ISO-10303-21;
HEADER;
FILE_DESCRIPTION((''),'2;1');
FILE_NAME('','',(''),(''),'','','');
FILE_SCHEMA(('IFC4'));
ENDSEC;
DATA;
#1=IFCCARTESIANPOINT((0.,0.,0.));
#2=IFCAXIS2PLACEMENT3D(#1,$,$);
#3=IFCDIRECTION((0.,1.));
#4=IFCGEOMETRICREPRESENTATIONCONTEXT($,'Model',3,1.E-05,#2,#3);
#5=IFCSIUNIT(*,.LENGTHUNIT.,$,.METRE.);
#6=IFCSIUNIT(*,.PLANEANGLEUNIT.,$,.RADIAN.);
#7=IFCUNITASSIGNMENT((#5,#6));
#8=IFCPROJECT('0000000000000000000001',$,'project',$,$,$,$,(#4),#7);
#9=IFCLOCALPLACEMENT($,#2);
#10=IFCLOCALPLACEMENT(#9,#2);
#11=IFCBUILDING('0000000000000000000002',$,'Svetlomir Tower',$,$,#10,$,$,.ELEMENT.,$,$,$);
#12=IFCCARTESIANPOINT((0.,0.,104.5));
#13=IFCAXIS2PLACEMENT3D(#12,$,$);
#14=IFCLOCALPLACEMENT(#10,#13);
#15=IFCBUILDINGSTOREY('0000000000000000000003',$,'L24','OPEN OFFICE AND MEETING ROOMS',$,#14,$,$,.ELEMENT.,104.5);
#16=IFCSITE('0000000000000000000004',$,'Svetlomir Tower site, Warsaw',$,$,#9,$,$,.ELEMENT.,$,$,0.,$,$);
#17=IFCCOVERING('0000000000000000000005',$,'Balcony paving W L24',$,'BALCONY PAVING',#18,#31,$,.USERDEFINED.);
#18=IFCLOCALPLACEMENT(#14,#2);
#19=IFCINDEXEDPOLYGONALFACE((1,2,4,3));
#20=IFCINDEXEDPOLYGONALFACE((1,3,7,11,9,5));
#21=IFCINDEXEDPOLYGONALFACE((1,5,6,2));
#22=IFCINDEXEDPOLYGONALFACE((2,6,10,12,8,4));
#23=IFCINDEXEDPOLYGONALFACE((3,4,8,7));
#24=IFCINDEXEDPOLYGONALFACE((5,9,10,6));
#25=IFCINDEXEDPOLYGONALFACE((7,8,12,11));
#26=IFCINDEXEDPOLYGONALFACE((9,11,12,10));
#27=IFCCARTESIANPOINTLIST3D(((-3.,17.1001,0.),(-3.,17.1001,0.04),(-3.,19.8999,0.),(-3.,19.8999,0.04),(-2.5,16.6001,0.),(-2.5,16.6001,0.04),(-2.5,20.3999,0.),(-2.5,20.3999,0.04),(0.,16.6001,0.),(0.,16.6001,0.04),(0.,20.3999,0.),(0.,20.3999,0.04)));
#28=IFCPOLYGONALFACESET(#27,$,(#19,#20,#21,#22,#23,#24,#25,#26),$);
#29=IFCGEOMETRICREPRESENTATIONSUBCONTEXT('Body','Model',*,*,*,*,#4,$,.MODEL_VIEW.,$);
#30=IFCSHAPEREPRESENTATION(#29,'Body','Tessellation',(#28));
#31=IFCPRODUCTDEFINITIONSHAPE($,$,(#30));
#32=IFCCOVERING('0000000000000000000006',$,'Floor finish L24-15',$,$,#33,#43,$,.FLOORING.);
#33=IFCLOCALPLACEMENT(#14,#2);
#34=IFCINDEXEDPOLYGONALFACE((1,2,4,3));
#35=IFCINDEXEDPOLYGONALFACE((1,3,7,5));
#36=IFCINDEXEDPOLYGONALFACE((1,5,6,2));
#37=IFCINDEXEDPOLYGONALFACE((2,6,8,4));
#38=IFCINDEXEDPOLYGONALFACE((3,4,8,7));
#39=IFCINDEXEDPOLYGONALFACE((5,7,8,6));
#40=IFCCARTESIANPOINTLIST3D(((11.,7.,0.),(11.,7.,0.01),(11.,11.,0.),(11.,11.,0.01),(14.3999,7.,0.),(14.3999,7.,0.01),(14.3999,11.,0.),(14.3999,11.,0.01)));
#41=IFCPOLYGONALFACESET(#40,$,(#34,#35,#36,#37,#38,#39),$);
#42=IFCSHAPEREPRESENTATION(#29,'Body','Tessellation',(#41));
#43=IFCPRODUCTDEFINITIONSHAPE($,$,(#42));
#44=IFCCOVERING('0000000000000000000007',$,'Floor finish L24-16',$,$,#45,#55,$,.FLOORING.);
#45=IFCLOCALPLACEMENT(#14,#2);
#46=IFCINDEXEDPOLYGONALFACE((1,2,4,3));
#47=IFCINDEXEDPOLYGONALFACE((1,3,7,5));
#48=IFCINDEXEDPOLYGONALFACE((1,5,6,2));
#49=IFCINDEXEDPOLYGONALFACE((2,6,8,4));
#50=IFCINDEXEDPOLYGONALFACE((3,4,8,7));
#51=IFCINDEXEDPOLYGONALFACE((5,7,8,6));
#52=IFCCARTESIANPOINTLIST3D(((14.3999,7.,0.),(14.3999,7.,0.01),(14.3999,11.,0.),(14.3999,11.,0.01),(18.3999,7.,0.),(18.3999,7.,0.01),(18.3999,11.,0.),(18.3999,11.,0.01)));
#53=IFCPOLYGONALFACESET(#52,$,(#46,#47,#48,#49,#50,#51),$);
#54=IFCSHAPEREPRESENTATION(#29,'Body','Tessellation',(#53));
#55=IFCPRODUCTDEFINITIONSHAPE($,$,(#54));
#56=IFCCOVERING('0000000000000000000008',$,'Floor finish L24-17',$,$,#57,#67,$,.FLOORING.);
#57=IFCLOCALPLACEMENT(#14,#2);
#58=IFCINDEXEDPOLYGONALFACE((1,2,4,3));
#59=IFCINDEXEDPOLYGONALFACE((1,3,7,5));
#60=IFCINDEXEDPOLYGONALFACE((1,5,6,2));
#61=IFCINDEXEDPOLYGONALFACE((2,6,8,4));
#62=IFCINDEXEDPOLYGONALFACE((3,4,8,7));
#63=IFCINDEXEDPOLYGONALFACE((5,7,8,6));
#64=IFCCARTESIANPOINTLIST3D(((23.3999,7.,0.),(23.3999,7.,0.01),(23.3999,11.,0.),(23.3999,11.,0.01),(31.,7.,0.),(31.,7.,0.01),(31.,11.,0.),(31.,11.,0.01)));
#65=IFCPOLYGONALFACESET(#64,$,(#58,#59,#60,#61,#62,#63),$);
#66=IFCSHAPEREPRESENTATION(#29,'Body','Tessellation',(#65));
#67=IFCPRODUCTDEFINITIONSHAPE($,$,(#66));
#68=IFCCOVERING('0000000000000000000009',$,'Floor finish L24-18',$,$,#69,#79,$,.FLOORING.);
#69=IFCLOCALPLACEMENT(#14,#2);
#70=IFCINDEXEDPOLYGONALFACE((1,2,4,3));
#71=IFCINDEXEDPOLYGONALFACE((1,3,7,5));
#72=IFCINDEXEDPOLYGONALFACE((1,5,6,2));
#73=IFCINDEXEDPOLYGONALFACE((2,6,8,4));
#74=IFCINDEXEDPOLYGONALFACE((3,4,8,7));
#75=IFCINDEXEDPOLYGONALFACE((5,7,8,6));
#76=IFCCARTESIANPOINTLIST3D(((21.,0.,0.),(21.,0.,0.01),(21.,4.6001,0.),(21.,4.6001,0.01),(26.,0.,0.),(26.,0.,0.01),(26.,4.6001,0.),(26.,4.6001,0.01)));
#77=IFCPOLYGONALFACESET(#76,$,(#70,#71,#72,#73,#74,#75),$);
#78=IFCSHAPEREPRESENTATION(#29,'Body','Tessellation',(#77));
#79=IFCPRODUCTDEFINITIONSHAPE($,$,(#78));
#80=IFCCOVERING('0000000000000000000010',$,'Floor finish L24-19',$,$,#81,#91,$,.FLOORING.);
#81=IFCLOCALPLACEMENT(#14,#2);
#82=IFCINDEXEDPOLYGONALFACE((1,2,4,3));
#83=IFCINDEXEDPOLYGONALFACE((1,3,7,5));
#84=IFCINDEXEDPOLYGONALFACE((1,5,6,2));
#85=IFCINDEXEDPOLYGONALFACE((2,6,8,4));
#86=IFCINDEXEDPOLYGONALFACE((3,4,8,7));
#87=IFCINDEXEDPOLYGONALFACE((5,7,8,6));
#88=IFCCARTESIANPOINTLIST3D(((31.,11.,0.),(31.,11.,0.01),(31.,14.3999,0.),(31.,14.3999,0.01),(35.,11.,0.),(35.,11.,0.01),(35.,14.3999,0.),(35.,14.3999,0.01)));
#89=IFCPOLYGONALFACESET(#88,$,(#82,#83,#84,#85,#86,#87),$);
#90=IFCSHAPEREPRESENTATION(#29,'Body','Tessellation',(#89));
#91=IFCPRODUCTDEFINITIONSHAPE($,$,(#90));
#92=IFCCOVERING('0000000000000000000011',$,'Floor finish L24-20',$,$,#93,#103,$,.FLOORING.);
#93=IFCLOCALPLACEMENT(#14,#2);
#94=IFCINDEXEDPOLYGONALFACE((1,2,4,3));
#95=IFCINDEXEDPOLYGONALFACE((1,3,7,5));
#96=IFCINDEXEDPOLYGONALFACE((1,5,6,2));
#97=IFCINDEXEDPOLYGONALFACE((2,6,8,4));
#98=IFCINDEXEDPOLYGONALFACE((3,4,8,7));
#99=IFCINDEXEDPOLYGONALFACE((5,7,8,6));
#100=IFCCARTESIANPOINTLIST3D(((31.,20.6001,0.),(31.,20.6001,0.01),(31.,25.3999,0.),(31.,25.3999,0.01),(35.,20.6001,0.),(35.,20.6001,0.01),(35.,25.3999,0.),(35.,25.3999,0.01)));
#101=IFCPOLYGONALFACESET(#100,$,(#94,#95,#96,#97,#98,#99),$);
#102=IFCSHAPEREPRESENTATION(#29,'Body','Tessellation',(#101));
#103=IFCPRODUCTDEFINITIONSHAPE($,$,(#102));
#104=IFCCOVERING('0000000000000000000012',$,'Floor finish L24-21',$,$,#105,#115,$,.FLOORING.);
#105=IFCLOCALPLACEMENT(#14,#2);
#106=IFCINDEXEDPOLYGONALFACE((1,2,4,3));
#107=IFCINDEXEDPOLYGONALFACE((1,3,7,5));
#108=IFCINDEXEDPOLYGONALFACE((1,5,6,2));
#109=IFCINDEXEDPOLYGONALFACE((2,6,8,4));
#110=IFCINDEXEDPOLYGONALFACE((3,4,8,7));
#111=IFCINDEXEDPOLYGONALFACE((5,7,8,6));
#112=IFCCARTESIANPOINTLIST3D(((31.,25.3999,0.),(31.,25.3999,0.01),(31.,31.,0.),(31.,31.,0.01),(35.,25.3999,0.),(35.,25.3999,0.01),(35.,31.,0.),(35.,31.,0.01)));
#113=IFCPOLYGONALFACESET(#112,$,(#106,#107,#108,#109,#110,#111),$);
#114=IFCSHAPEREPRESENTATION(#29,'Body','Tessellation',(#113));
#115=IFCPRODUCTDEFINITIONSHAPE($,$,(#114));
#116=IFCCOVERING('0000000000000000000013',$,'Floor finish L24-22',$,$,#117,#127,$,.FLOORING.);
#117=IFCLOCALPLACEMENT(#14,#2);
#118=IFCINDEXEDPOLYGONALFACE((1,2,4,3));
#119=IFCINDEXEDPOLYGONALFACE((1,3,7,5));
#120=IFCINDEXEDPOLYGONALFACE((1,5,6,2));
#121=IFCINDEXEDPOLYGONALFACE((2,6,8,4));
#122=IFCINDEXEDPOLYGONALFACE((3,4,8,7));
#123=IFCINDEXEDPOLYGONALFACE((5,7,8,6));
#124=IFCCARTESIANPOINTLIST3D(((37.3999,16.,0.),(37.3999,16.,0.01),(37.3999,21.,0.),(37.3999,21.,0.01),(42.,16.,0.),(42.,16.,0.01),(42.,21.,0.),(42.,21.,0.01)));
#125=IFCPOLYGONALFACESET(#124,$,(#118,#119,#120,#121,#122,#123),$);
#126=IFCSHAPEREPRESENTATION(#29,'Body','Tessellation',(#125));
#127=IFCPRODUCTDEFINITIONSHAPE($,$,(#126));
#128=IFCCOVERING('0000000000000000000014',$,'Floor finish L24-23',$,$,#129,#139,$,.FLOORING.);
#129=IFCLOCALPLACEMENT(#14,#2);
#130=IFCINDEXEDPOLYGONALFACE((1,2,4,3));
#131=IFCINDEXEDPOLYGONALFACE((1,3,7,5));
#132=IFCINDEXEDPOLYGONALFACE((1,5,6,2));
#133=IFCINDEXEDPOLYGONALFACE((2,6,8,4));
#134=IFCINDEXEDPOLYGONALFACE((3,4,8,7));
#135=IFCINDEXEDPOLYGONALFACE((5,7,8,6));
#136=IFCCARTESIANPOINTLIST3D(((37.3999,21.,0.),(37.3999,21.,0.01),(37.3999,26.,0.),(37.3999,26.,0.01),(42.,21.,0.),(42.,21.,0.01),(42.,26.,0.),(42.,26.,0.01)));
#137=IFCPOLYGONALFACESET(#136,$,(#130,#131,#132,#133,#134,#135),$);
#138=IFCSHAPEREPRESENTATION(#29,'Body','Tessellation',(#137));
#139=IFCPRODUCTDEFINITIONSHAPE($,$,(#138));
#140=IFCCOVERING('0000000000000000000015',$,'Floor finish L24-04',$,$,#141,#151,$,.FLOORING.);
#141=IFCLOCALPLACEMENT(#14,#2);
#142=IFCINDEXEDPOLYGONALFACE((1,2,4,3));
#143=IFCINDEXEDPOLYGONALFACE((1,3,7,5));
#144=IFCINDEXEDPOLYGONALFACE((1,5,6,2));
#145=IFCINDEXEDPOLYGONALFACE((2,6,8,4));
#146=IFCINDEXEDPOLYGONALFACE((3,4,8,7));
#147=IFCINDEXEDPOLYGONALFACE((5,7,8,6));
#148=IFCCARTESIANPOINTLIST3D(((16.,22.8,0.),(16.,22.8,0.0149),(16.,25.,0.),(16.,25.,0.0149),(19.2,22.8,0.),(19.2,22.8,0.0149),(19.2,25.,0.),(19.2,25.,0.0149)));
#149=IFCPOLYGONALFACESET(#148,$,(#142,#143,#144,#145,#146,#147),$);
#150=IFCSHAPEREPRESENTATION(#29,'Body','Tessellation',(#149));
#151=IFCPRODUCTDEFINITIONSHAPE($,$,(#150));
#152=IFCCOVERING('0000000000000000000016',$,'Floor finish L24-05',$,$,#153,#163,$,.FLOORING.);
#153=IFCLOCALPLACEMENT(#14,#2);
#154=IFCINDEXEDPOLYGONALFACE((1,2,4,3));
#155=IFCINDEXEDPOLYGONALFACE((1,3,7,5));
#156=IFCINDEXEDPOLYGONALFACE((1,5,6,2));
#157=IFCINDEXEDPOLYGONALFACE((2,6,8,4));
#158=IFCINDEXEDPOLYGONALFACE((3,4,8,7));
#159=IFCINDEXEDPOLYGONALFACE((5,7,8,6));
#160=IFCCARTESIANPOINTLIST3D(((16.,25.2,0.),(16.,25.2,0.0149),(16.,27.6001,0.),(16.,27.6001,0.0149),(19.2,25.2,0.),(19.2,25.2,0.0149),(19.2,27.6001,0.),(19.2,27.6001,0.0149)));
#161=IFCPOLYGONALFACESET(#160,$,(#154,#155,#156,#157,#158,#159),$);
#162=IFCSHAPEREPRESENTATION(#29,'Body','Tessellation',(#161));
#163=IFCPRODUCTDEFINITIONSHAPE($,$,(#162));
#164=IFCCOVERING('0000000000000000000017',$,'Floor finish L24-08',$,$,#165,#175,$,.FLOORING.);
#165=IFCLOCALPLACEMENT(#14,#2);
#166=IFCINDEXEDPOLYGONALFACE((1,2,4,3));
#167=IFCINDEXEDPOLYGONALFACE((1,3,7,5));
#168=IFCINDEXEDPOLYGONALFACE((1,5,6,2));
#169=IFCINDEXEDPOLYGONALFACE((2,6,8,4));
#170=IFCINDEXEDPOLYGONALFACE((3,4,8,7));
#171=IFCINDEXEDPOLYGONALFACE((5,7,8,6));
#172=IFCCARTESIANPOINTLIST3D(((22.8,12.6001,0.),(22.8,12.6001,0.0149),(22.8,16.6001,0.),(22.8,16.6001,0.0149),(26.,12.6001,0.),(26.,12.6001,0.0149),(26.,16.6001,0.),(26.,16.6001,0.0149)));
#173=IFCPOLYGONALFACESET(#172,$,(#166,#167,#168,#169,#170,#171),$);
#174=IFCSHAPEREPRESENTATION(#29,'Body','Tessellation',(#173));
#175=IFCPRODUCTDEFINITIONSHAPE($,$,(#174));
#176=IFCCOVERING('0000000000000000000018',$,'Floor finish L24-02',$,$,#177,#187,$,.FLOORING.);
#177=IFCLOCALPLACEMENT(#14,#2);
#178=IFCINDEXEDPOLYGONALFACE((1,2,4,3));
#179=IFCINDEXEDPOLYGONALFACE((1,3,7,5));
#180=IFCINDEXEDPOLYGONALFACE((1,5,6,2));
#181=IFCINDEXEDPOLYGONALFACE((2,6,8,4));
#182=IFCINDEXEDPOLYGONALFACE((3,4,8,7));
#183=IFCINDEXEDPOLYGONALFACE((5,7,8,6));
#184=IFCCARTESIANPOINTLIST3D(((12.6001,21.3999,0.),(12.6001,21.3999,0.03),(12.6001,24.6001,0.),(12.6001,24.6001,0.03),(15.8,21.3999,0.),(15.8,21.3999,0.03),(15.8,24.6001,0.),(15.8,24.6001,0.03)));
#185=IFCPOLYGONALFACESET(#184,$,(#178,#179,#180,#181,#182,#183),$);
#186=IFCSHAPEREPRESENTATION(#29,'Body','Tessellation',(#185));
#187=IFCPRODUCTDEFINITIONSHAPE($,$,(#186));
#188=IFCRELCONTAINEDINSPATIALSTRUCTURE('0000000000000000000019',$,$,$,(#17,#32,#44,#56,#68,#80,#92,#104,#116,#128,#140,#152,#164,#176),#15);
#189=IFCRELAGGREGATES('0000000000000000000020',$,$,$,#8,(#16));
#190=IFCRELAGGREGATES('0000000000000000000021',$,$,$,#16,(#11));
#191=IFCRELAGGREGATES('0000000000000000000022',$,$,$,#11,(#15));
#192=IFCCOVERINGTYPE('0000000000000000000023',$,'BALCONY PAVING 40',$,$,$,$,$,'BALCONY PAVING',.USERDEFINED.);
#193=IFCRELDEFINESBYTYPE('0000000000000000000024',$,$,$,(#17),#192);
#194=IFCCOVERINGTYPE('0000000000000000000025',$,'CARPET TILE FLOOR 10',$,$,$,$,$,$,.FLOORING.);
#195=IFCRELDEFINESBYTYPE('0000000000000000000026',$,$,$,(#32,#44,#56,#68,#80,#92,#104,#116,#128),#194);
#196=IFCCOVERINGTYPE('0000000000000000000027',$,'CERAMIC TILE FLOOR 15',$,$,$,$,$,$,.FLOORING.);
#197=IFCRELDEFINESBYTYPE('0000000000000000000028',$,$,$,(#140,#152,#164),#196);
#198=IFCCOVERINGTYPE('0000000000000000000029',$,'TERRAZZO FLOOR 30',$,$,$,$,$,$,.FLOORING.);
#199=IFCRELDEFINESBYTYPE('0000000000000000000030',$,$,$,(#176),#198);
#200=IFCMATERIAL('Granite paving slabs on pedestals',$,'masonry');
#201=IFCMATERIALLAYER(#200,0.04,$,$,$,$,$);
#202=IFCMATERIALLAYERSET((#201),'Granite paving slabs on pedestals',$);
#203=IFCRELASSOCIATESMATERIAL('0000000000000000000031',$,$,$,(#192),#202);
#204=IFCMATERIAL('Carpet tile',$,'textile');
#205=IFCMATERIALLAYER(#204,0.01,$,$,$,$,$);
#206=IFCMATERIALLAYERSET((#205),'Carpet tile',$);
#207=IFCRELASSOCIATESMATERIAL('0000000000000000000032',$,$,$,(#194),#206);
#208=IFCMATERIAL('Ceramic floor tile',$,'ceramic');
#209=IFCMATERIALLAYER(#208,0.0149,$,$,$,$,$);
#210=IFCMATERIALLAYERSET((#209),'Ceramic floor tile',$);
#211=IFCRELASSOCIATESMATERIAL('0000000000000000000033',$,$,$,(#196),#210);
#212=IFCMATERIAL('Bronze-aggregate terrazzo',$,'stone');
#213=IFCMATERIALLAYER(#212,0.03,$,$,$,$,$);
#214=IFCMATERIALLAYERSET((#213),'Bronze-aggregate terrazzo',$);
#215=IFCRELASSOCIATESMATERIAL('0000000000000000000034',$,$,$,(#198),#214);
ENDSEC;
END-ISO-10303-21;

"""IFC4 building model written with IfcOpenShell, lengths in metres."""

from ifc_helpers import new_model, si_unit, direction, frame, origin, place, context, subcontext, project, spatial, polyline, outline, extrude, material, layer, layer_set, type_object, element, save


model = new_model("IFC4")

# Units and contexts
model_context = context("Model", 3, precision=1e-05, world=origin(), true_north=direction((0.0, 1.0)))
body_context = subcontext(model_context, "Body", "Model", "MODEL_VIEW")
ifc_project = project(units=[si_unit("LENGTHUNIT", "METRE"), si_unit("PLANEANGLEUNIT", "RADIAN")], contexts=[model_context])

# Site, building, storey
site_placement = place(None, origin())
site = spatial("IfcSite", under=ifc_project, at=site_placement, Name="Svetlomir Tower site, Warsaw", CompositionType="ELEMENT", RefElevation=0.0)
building_placement = place(site_placement, origin())
building = spatial("IfcBuilding", under=site, at=building_placement, Name="Svetlomir Tower", CompositionType="ELEMENT")
storey_placement = place(building_placement, frame((0.0, 0.0, 104.5)))
storey = spatial("IfcBuildingStorey", under=building, at=storey_placement, Name="L24", Description="OPEN OFFICE AND MEETING ROOMS", CompositionType="ELEMENT", Elevation=104.5)

# Coverings
ifc_material_1 = material(Name="Granite paving slabs on pedestals", Category="masonry")
ifc_layer_1 = layer(ifc_material_1, 0.04)
ifc_layer_set_1 = layer_set([ifc_layer_1], Name="Granite paving slabs on pedestals")
covering_type_1 = type_object("IfcCoveringType", Name="BALCONY PAVING 40", ElementType="BALCONY PAVING", PredefinedType="USERDEFINED", material=ifc_layer_set_1)
covering_1_placement = place(storey_placement, origin())
element("IfcCovering", 1, at=covering_1_placement, inside=storey, type_object=covering_type_1, Name="Balcony paving W L24", ObjectType="BALCONY PAVING", PredefinedType="USERDEFINED", context=body_context, shape_type="SweptSolid", body=[
    extrude(outline(polyline([(-2.5, 16.6001), (0.0, 16.6001), (0.0, 20.3999), (-2.5, 20.3999), (-3.0, 19.8999), (-3.0, 17.1001), (-2.5, 16.6001)])), origin(), (0.0, 0.0, 1.0), 0.04),
])
ifc_material_2 = material(Name="Carpet tile", Category="textile")
ifc_layer_2 = layer(ifc_material_2, 0.01)
ifc_layer_set_2 = layer_set([ifc_layer_2], Name="Carpet tile")
covering_type_2 = type_object("IfcCoveringType", Name="CARPET TILE FLOOR 10", PredefinedType="FLOORING", material=ifc_layer_set_2)
covering_2_placement = place(storey_placement, origin())
element("IfcCovering", 2, at=covering_2_placement, inside=storey, type_object=covering_type_2, Name="Floor finish L24-15", PredefinedType="FLOORING", context=body_context, shape_type="SweptSolid", body=[
    extrude(outline(polyline([(11.0, 7.0), (14.3999, 7.0), (14.3999, 11.0), (11.0, 11.0), (11.0, 7.0)])), origin(), (0.0, 0.0, 1.0), 0.01),
])
covering_3_placement = place(storey_placement, origin())
element("IfcCovering", 3, at=covering_3_placement, inside=storey, type_object=covering_type_2, Name="Floor finish L24-16", PredefinedType="FLOORING", context=body_context, shape_type="SweptSolid", body=[
    extrude(outline(polyline([(14.3999, 7.0), (18.3999, 7.0), (18.3999, 11.0), (14.3999, 11.0), (14.3999, 7.0)])), origin(), (0.0, 0.0, 1.0), 0.01),
])
covering_4_placement = place(storey_placement, origin())
element("IfcCovering", 4, at=covering_4_placement, inside=storey, type_object=covering_type_2, Name="Floor finish L24-17", PredefinedType="FLOORING", context=body_context, shape_type="SweptSolid", body=[
    extrude(outline(polyline([(23.3999, 7.0), (31.0, 7.0), (31.0, 11.0), (23.3999, 11.0), (23.3999, 7.0)])), origin(), (0.0, 0.0, 1.0), 0.01),
])
covering_5_placement = place(storey_placement, origin())
element("IfcCovering", 5, at=covering_5_placement, inside=storey, type_object=covering_type_2, Name="Floor finish L24-18", PredefinedType="FLOORING", context=body_context, shape_type="SweptSolid", body=[
    extrude(outline(polyline([(21.0, 0.0), (26.0, 0.0), (26.0, 4.6001), (21.0, 4.6001), (21.0, 0.0)])), origin(), (0.0, 0.0, 1.0), 0.01),
])
covering_6_placement = place(storey_placement, origin())
element("IfcCovering", 6, at=covering_6_placement, inside=storey, type_object=covering_type_2, Name="Floor finish L24-19", PredefinedType="FLOORING", context=body_context, shape_type="SweptSolid", body=[
    extrude(outline(polyline([(31.0, 11.0), (35.0, 11.0), (35.0, 14.3999), (31.0, 14.3999), (31.0, 11.0)])), origin(), (0.0, 0.0, 1.0), 0.01),
])
covering_7_placement = place(storey_placement, origin())
element("IfcCovering", 7, at=covering_7_placement, inside=storey, type_object=covering_type_2, Name="Floor finish L24-20", PredefinedType="FLOORING", context=body_context, shape_type="SweptSolid", body=[
    extrude(outline(polyline([(31.0, 20.6001), (35.0, 20.6001), (35.0, 25.3999), (31.0, 25.3999), (31.0, 20.6001)])), origin(), (0.0, 0.0, 1.0), 0.01),
])
covering_8_placement = place(storey_placement, origin())
element("IfcCovering", 8, at=covering_8_placement, inside=storey, type_object=covering_type_2, Name="Floor finish L24-21", PredefinedType="FLOORING", context=body_context, shape_type="SweptSolid", body=[
    extrude(outline(polyline([(31.0, 25.3999), (35.0, 25.3999), (35.0, 31.0), (31.0, 31.0), (31.0, 25.3999)])), origin(), (0.0, 0.0, 1.0), 0.01),
])
covering_9_placement = place(storey_placement, origin())
element("IfcCovering", 9, at=covering_9_placement, inside=storey, type_object=covering_type_2, Name="Floor finish L24-22", PredefinedType="FLOORING", context=body_context, shape_type="SweptSolid", body=[
    extrude(outline(polyline([(37.3999, 16.0), (42.0, 16.0), (42.0, 21.0), (37.3999, 21.0), (37.3999, 16.0)])), origin(), (0.0, 0.0, 1.0), 0.01),
])
covering_10_placement = place(storey_placement, origin())
element("IfcCovering", 10, at=covering_10_placement, inside=storey, type_object=covering_type_2, Name="Floor finish L24-23", PredefinedType="FLOORING", context=body_context, shape_type="SweptSolid", body=[
    extrude(outline(polyline([(37.3999, 21.0), (42.0, 21.0), (42.0, 26.0), (37.3999, 26.0), (37.3999, 21.0)])), origin(), (0.0, 0.0, 1.0), 0.01),
])
ifc_material_3 = material(Name="Ceramic floor tile", Category="ceramic")
ifc_layer_3 = layer(ifc_material_3, 0.0149)
ifc_layer_set_3 = layer_set([ifc_layer_3], Name="Ceramic floor tile")
covering_type_3 = type_object("IfcCoveringType", Name="CERAMIC TILE FLOOR 15", PredefinedType="FLOORING", material=ifc_layer_set_3)
covering_11_placement = place(storey_placement, origin())
element("IfcCovering", 11, at=covering_11_placement, inside=storey, type_object=covering_type_3, Name="Floor finish L24-04", PredefinedType="FLOORING", context=body_context, shape_type="SweptSolid", body=[
    extrude(outline(polyline([(16.0, 22.8), (19.2, 22.8), (19.2, 25.0), (16.0, 25.0), (16.0, 22.8)])), origin(), (0.0, 0.0, 1.0), 0.0149),
])
covering_12_placement = place(storey_placement, origin())
element("IfcCovering", 12, at=covering_12_placement, inside=storey, type_object=covering_type_3, Name="Floor finish L24-05", PredefinedType="FLOORING", context=body_context, shape_type="SweptSolid", body=[
    extrude(outline(polyline([(16.0, 25.2), (19.2, 25.2), (19.2, 27.6001), (16.0, 27.6001), (16.0, 25.2)])), origin(), (0.0, 0.0, 1.0), 0.0149),
])
covering_13_placement = place(storey_placement, origin())
element("IfcCovering", 13, at=covering_13_placement, inside=storey, type_object=covering_type_3, Name="Floor finish L24-08", PredefinedType="FLOORING", context=body_context, shape_type="SweptSolid", body=[
    extrude(outline(polyline([(22.8, 12.6001), (26.0, 12.6001), (26.0, 16.6001), (22.8, 16.6001), (22.8, 12.6001)])), origin(), (0.0, 0.0, 1.0), 0.0149),
])
ifc_material_4 = material(Name="Bronze-aggregate terrazzo", Category="stone")
ifc_layer_4 = layer(ifc_material_4, 0.03)
ifc_layer_set_4 = layer_set([ifc_layer_4], Name="Bronze-aggregate terrazzo")
covering_type_4 = type_object("IfcCoveringType", Name="TERRAZZO FLOOR 30", PredefinedType="FLOORING", material=ifc_layer_set_4)
covering_14_placement = place(storey_placement, origin())
element("IfcCovering", 14, at=covering_14_placement, inside=storey, type_object=covering_type_4, Name="Floor finish L24-02", PredefinedType="FLOORING", context=body_context, shape_type="SweptSolid", body=[
    extrude(outline(polyline([(12.6001, 21.3999), (15.8, 21.3999), (15.8, 24.6001), (12.6001, 24.6001), (12.6001, 21.3999)])), origin(), (0.0, 0.0, 1.0), 0.03),
])

save(model, "model.ifc")
